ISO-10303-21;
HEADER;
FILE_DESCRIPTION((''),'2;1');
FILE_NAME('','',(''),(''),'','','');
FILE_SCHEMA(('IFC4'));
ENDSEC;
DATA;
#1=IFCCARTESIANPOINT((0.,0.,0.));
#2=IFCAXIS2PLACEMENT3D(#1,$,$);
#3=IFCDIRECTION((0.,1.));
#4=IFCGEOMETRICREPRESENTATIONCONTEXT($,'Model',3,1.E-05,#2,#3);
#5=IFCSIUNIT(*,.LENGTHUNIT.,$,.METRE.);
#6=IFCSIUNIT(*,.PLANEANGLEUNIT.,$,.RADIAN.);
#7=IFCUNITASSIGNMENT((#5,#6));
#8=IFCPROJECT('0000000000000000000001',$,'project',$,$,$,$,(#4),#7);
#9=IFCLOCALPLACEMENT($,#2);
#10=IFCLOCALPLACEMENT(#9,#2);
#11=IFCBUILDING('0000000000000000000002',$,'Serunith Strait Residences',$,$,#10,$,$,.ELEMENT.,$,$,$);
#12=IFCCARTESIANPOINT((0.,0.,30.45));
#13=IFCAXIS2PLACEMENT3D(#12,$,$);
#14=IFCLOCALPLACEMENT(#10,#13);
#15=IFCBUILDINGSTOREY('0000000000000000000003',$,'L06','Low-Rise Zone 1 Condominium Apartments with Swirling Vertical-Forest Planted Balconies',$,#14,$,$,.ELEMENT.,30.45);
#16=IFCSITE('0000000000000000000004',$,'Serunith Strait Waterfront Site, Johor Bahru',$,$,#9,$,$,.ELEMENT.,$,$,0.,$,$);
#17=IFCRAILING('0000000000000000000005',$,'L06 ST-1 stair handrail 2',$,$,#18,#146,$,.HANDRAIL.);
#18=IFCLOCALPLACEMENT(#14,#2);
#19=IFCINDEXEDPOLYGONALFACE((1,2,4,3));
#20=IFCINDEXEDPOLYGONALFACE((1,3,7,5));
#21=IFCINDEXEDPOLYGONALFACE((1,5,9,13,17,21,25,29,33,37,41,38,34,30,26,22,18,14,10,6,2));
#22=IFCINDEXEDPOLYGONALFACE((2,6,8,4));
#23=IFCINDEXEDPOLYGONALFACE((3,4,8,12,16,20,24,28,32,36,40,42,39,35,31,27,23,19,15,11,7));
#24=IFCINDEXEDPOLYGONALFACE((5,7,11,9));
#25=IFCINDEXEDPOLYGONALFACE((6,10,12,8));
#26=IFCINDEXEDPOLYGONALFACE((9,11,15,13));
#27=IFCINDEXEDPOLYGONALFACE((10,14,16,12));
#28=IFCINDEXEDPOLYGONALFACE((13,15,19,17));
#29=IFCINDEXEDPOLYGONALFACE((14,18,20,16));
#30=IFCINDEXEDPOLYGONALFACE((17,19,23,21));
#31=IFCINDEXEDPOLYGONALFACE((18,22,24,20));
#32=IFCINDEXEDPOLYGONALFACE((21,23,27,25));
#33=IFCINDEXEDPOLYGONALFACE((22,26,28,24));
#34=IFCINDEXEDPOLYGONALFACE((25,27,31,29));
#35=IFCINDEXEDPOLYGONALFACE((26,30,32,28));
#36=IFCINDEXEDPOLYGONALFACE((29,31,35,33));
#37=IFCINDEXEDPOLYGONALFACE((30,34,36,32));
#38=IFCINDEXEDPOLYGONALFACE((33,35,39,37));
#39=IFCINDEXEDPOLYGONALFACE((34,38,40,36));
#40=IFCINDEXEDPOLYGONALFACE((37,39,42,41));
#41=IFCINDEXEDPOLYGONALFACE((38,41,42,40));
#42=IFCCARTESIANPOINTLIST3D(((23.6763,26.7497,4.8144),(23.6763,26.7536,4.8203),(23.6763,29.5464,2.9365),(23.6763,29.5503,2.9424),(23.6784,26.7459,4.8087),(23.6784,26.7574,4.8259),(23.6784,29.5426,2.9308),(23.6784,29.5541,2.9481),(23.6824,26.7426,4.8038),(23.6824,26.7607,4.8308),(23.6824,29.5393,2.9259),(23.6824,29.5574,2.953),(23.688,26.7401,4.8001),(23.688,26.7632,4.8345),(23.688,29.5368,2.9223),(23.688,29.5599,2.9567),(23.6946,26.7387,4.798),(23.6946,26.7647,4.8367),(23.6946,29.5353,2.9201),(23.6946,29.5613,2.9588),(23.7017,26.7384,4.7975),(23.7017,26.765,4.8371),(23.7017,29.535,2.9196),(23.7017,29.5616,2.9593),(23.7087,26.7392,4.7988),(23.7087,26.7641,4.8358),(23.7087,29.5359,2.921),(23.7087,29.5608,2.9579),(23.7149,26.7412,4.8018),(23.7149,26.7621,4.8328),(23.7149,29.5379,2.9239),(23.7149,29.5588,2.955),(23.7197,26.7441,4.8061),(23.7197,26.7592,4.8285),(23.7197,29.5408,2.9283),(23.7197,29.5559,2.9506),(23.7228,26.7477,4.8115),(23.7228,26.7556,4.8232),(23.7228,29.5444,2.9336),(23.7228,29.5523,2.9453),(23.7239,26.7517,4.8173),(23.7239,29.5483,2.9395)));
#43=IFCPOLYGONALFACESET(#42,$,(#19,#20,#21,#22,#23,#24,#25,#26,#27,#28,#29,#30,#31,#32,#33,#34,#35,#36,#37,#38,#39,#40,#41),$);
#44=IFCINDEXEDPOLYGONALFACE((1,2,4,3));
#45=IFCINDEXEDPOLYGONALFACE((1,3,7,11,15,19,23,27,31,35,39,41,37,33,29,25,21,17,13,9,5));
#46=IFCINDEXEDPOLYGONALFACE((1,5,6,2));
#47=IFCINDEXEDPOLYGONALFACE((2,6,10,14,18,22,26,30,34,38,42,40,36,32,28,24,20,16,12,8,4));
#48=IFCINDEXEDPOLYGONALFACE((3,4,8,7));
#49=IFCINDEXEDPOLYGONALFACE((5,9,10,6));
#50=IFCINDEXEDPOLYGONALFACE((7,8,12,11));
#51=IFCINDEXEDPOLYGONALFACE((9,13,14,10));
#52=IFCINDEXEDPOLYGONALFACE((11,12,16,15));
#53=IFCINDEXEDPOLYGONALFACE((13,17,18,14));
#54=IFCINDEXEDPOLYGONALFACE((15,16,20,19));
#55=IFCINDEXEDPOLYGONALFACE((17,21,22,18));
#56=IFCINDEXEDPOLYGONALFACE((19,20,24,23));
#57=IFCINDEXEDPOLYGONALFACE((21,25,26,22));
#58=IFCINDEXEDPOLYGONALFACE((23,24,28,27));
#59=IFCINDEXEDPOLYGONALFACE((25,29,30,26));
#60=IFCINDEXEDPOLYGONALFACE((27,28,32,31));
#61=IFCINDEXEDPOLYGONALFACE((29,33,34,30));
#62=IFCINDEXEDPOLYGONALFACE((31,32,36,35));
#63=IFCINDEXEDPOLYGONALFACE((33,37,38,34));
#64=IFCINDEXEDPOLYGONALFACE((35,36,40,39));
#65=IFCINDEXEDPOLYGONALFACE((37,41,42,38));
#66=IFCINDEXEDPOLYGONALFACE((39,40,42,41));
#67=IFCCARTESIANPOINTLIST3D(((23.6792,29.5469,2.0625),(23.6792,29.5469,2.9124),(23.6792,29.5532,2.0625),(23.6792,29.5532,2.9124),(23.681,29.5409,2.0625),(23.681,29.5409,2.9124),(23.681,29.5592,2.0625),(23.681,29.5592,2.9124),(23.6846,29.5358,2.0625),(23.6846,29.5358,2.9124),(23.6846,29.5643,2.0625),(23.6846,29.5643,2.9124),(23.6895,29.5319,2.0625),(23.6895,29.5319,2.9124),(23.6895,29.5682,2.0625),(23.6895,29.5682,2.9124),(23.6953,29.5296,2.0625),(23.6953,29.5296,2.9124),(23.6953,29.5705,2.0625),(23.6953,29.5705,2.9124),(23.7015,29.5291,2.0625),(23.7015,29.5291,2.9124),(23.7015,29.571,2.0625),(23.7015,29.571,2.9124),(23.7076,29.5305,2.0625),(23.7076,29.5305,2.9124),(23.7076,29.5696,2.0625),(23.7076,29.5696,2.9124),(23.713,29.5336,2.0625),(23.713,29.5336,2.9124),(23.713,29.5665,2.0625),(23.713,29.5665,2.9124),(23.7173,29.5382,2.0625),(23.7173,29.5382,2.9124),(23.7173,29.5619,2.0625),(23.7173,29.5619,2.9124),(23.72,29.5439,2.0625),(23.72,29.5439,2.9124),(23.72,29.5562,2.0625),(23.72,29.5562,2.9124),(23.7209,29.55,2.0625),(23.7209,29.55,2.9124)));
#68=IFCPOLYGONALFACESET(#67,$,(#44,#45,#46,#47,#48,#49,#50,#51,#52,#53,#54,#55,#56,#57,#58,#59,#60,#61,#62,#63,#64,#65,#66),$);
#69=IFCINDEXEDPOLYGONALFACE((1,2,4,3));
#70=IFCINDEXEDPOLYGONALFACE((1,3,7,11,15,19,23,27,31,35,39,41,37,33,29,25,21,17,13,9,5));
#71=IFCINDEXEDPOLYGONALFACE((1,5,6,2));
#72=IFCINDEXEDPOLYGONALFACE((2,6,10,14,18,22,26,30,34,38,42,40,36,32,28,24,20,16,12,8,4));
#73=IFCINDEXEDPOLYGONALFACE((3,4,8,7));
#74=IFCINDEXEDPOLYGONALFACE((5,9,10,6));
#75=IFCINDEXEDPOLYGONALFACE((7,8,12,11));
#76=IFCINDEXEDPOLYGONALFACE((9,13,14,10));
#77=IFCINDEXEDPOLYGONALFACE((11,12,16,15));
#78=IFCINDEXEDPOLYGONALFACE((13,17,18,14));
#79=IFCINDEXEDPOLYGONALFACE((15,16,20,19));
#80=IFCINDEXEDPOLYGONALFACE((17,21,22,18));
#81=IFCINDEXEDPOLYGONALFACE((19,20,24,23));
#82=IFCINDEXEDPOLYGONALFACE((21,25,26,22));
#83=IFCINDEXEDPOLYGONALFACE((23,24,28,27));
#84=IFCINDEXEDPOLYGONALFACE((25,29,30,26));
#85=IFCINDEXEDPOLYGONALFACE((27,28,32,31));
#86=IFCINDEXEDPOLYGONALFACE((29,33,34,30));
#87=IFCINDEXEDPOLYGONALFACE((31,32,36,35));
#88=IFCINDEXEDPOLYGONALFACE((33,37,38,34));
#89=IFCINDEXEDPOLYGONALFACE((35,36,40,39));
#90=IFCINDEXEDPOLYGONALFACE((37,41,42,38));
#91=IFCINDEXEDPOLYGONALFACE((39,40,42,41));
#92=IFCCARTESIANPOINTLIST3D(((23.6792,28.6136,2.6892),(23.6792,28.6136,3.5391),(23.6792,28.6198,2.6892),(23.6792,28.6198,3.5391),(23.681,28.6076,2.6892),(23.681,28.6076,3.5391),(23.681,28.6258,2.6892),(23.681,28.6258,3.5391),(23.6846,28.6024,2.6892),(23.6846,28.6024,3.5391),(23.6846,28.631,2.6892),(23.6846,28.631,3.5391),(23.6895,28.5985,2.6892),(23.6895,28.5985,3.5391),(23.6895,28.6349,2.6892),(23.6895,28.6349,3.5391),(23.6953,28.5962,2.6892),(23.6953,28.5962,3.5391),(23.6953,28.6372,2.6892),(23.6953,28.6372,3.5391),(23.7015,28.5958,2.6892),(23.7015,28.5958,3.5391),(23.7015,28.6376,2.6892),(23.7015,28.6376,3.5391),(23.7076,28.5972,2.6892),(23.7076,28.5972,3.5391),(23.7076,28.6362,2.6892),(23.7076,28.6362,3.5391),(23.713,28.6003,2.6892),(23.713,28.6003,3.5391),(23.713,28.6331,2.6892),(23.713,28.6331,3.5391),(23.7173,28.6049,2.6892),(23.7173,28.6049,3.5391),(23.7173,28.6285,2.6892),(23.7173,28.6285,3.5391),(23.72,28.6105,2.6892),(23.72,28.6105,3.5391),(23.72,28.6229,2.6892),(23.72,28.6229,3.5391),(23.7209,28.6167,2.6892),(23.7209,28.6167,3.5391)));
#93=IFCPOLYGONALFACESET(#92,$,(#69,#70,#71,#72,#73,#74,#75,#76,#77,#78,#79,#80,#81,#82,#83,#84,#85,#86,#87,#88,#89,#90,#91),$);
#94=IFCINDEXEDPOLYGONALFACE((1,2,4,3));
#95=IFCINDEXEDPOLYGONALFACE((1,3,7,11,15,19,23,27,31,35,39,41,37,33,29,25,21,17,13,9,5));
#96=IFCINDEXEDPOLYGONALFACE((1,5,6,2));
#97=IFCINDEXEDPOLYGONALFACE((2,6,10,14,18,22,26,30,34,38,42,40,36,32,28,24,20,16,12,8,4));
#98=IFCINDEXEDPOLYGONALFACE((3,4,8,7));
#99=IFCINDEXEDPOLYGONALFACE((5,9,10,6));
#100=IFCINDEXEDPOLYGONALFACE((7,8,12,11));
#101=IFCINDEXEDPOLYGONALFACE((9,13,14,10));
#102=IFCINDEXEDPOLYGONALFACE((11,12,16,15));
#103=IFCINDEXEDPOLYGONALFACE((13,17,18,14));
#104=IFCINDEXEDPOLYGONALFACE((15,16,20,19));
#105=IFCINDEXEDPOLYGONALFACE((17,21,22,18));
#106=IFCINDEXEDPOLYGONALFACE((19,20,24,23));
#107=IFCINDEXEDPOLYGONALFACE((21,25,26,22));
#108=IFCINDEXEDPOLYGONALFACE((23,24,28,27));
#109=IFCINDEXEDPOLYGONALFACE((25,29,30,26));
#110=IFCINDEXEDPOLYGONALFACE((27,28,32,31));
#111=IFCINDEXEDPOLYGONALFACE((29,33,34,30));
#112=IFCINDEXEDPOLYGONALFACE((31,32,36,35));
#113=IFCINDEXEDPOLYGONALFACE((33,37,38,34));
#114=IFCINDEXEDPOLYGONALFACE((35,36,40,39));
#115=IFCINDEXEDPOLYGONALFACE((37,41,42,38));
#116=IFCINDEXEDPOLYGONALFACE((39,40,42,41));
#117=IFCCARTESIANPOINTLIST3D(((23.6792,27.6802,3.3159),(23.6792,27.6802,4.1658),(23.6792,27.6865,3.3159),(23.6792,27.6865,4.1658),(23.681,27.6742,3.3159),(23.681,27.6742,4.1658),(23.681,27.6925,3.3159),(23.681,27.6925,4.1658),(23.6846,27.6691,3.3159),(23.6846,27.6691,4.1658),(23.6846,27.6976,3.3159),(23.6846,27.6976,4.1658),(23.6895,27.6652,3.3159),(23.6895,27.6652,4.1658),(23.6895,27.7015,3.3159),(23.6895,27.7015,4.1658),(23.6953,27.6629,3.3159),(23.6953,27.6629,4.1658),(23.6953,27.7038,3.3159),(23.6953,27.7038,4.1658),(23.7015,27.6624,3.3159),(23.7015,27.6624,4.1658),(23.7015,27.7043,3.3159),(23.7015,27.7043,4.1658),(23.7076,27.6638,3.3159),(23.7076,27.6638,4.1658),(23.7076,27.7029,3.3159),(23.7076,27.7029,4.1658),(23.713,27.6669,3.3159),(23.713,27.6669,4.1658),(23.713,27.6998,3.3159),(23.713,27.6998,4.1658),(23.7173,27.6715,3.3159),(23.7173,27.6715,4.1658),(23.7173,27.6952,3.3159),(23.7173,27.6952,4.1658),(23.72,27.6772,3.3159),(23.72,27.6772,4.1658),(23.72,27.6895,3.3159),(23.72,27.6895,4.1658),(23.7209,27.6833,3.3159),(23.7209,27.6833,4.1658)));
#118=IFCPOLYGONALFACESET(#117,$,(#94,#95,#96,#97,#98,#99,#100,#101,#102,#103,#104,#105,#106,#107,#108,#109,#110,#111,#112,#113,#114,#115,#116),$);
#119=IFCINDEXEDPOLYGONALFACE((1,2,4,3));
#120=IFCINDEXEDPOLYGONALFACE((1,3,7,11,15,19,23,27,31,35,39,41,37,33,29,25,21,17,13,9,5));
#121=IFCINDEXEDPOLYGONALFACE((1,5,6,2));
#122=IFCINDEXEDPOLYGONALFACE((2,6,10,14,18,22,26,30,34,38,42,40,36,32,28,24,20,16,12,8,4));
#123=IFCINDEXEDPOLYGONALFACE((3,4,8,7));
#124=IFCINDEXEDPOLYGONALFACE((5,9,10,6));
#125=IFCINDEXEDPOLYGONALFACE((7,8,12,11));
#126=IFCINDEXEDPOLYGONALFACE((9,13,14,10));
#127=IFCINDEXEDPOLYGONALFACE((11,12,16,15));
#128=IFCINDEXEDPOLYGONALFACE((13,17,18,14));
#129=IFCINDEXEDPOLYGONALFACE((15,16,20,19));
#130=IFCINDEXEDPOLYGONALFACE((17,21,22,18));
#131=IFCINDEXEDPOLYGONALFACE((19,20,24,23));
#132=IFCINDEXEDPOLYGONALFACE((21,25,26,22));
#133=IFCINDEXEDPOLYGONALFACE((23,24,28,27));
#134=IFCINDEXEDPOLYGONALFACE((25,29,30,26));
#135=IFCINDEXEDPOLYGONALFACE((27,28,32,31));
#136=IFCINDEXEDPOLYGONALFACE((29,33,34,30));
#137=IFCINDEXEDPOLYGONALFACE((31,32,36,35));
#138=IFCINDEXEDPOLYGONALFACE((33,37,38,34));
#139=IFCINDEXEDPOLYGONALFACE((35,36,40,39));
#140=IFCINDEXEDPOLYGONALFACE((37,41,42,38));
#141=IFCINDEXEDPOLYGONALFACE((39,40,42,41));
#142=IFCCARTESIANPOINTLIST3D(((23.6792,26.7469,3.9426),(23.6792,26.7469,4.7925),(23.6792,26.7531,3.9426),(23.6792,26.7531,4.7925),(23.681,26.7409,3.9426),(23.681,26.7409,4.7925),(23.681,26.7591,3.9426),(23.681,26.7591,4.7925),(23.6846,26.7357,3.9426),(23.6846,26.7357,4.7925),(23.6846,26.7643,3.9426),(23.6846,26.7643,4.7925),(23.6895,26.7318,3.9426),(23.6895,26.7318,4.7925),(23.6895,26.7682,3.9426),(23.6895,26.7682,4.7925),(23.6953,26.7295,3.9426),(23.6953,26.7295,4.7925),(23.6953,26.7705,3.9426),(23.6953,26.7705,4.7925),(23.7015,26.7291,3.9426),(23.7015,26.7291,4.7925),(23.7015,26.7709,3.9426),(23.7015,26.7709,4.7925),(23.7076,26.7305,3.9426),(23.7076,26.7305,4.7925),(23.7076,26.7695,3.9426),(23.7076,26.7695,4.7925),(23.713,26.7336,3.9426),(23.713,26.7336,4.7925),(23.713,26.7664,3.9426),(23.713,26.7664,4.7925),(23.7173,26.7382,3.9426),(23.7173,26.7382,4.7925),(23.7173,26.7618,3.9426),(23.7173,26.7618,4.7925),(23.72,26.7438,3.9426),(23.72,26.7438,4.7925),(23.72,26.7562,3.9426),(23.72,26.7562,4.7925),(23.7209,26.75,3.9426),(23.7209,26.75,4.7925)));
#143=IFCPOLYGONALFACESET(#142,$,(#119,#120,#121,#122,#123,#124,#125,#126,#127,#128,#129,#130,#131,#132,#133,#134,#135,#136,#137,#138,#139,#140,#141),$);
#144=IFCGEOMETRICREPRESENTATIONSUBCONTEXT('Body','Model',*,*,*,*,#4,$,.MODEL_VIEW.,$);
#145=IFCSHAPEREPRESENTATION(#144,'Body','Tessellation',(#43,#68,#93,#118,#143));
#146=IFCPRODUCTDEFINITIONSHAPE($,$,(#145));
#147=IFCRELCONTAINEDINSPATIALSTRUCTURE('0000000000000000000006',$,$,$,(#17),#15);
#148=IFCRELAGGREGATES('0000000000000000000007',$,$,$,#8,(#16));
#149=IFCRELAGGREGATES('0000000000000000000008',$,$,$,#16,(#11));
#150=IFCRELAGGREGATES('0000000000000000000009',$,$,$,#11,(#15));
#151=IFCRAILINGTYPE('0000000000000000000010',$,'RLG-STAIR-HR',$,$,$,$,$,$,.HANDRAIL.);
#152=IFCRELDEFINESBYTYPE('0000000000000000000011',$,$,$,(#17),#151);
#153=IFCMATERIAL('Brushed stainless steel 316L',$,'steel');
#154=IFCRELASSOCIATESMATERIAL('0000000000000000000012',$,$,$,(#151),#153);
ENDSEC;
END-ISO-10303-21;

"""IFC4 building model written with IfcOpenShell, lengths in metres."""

from ifc_helpers import new_model, si_unit, direction, frame, origin, origin_2d, place, context, subcontext, project, spatial, circle, extrude, material, type_object, element, save


model = new_model("IFC4")

# Units and contexts
model_context = context("Model", 3, precision=1e-05, world=origin(), true_north=direction((0.0, 1.0)))
body_context = subcontext(model_context, "Body", "Model", "MODEL_VIEW")
ifc_project = project(units=[si_unit("LENGTHUNIT", "METRE"), si_unit("PLANEANGLEUNIT", "RADIAN")], contexts=[model_context])

# Site, building, storey
site_placement = place(None, origin())
site = spatial("IfcSite", under=ifc_project, at=site_placement, Name="Serunith Strait Waterfront Site, Johor Bahru", CompositionType="ELEMENT", RefElevation=0.0)
building_placement = place(site_placement, origin())
building = spatial("IfcBuilding", under=site, at=building_placement, Name="Serunith Strait Residences", CompositionType="ELEMENT")
storey_placement = place(building_placement, frame((0.0, 0.0, 30.45)))
storey = spatial("IfcBuildingStorey", under=building, at=storey_placement, Name="L06", Description="Low-Rise Zone 1 Condominium Apartments with Swirling Vertical-Forest Planted Balconies", CompositionType="ELEMENT", Elevation=30.45)

# Railing
ifc_material_1 = material(Name="Brushed stainless steel 316L", Category="steel")
railing_type_1 = type_object("IfcRailingType", Name="RLG-STAIR-HR", PredefinedType="HANDRAIL", material=ifc_material_1)
railing_1_placement = place(storey_placement, frame((23.7, 29.55, 2.0625)))
element("IfcRailing", 1, at=railing_1_placement, inside=storey, type_object=railing_type_1, Name="L06 ST-1 stair handrail 2", PredefinedType="HANDRAIL", context=body_context, shape_type="SweptSolid", body=[
    extrude(circle(Radius=0.0239, at=origin_2d()), frame((0.0, -0.0017, 0.877), z_axis=(0.0, -0.830208, 0.557453), x_axis=(1.0, 0.0, 0.0)), (0.0, 0.0, 1.0), 3.3687),
    extrude(circle(Radius=0.021, at=origin_2d()), origin(), (0.0, 0.0, 1.0), 0.8499),
    extrude(circle(Radius=0.021, at=origin_2d()), frame((0.0, -0.9333, 0.6267)), (0.0, 0.0, 1.0), 0.8499),
    extrude(circle(Radius=0.021, at=origin_2d()), frame((0.0, -1.8667, 1.2534)), (0.0, 0.0, 1.0), 0.8499),
    extrude(circle(Radius=0.021, at=origin_2d()), frame((0.0, -2.8, 1.8801)), (0.0, 0.0, 1.0), 0.8499),
])

save(model, "model.ifc")
